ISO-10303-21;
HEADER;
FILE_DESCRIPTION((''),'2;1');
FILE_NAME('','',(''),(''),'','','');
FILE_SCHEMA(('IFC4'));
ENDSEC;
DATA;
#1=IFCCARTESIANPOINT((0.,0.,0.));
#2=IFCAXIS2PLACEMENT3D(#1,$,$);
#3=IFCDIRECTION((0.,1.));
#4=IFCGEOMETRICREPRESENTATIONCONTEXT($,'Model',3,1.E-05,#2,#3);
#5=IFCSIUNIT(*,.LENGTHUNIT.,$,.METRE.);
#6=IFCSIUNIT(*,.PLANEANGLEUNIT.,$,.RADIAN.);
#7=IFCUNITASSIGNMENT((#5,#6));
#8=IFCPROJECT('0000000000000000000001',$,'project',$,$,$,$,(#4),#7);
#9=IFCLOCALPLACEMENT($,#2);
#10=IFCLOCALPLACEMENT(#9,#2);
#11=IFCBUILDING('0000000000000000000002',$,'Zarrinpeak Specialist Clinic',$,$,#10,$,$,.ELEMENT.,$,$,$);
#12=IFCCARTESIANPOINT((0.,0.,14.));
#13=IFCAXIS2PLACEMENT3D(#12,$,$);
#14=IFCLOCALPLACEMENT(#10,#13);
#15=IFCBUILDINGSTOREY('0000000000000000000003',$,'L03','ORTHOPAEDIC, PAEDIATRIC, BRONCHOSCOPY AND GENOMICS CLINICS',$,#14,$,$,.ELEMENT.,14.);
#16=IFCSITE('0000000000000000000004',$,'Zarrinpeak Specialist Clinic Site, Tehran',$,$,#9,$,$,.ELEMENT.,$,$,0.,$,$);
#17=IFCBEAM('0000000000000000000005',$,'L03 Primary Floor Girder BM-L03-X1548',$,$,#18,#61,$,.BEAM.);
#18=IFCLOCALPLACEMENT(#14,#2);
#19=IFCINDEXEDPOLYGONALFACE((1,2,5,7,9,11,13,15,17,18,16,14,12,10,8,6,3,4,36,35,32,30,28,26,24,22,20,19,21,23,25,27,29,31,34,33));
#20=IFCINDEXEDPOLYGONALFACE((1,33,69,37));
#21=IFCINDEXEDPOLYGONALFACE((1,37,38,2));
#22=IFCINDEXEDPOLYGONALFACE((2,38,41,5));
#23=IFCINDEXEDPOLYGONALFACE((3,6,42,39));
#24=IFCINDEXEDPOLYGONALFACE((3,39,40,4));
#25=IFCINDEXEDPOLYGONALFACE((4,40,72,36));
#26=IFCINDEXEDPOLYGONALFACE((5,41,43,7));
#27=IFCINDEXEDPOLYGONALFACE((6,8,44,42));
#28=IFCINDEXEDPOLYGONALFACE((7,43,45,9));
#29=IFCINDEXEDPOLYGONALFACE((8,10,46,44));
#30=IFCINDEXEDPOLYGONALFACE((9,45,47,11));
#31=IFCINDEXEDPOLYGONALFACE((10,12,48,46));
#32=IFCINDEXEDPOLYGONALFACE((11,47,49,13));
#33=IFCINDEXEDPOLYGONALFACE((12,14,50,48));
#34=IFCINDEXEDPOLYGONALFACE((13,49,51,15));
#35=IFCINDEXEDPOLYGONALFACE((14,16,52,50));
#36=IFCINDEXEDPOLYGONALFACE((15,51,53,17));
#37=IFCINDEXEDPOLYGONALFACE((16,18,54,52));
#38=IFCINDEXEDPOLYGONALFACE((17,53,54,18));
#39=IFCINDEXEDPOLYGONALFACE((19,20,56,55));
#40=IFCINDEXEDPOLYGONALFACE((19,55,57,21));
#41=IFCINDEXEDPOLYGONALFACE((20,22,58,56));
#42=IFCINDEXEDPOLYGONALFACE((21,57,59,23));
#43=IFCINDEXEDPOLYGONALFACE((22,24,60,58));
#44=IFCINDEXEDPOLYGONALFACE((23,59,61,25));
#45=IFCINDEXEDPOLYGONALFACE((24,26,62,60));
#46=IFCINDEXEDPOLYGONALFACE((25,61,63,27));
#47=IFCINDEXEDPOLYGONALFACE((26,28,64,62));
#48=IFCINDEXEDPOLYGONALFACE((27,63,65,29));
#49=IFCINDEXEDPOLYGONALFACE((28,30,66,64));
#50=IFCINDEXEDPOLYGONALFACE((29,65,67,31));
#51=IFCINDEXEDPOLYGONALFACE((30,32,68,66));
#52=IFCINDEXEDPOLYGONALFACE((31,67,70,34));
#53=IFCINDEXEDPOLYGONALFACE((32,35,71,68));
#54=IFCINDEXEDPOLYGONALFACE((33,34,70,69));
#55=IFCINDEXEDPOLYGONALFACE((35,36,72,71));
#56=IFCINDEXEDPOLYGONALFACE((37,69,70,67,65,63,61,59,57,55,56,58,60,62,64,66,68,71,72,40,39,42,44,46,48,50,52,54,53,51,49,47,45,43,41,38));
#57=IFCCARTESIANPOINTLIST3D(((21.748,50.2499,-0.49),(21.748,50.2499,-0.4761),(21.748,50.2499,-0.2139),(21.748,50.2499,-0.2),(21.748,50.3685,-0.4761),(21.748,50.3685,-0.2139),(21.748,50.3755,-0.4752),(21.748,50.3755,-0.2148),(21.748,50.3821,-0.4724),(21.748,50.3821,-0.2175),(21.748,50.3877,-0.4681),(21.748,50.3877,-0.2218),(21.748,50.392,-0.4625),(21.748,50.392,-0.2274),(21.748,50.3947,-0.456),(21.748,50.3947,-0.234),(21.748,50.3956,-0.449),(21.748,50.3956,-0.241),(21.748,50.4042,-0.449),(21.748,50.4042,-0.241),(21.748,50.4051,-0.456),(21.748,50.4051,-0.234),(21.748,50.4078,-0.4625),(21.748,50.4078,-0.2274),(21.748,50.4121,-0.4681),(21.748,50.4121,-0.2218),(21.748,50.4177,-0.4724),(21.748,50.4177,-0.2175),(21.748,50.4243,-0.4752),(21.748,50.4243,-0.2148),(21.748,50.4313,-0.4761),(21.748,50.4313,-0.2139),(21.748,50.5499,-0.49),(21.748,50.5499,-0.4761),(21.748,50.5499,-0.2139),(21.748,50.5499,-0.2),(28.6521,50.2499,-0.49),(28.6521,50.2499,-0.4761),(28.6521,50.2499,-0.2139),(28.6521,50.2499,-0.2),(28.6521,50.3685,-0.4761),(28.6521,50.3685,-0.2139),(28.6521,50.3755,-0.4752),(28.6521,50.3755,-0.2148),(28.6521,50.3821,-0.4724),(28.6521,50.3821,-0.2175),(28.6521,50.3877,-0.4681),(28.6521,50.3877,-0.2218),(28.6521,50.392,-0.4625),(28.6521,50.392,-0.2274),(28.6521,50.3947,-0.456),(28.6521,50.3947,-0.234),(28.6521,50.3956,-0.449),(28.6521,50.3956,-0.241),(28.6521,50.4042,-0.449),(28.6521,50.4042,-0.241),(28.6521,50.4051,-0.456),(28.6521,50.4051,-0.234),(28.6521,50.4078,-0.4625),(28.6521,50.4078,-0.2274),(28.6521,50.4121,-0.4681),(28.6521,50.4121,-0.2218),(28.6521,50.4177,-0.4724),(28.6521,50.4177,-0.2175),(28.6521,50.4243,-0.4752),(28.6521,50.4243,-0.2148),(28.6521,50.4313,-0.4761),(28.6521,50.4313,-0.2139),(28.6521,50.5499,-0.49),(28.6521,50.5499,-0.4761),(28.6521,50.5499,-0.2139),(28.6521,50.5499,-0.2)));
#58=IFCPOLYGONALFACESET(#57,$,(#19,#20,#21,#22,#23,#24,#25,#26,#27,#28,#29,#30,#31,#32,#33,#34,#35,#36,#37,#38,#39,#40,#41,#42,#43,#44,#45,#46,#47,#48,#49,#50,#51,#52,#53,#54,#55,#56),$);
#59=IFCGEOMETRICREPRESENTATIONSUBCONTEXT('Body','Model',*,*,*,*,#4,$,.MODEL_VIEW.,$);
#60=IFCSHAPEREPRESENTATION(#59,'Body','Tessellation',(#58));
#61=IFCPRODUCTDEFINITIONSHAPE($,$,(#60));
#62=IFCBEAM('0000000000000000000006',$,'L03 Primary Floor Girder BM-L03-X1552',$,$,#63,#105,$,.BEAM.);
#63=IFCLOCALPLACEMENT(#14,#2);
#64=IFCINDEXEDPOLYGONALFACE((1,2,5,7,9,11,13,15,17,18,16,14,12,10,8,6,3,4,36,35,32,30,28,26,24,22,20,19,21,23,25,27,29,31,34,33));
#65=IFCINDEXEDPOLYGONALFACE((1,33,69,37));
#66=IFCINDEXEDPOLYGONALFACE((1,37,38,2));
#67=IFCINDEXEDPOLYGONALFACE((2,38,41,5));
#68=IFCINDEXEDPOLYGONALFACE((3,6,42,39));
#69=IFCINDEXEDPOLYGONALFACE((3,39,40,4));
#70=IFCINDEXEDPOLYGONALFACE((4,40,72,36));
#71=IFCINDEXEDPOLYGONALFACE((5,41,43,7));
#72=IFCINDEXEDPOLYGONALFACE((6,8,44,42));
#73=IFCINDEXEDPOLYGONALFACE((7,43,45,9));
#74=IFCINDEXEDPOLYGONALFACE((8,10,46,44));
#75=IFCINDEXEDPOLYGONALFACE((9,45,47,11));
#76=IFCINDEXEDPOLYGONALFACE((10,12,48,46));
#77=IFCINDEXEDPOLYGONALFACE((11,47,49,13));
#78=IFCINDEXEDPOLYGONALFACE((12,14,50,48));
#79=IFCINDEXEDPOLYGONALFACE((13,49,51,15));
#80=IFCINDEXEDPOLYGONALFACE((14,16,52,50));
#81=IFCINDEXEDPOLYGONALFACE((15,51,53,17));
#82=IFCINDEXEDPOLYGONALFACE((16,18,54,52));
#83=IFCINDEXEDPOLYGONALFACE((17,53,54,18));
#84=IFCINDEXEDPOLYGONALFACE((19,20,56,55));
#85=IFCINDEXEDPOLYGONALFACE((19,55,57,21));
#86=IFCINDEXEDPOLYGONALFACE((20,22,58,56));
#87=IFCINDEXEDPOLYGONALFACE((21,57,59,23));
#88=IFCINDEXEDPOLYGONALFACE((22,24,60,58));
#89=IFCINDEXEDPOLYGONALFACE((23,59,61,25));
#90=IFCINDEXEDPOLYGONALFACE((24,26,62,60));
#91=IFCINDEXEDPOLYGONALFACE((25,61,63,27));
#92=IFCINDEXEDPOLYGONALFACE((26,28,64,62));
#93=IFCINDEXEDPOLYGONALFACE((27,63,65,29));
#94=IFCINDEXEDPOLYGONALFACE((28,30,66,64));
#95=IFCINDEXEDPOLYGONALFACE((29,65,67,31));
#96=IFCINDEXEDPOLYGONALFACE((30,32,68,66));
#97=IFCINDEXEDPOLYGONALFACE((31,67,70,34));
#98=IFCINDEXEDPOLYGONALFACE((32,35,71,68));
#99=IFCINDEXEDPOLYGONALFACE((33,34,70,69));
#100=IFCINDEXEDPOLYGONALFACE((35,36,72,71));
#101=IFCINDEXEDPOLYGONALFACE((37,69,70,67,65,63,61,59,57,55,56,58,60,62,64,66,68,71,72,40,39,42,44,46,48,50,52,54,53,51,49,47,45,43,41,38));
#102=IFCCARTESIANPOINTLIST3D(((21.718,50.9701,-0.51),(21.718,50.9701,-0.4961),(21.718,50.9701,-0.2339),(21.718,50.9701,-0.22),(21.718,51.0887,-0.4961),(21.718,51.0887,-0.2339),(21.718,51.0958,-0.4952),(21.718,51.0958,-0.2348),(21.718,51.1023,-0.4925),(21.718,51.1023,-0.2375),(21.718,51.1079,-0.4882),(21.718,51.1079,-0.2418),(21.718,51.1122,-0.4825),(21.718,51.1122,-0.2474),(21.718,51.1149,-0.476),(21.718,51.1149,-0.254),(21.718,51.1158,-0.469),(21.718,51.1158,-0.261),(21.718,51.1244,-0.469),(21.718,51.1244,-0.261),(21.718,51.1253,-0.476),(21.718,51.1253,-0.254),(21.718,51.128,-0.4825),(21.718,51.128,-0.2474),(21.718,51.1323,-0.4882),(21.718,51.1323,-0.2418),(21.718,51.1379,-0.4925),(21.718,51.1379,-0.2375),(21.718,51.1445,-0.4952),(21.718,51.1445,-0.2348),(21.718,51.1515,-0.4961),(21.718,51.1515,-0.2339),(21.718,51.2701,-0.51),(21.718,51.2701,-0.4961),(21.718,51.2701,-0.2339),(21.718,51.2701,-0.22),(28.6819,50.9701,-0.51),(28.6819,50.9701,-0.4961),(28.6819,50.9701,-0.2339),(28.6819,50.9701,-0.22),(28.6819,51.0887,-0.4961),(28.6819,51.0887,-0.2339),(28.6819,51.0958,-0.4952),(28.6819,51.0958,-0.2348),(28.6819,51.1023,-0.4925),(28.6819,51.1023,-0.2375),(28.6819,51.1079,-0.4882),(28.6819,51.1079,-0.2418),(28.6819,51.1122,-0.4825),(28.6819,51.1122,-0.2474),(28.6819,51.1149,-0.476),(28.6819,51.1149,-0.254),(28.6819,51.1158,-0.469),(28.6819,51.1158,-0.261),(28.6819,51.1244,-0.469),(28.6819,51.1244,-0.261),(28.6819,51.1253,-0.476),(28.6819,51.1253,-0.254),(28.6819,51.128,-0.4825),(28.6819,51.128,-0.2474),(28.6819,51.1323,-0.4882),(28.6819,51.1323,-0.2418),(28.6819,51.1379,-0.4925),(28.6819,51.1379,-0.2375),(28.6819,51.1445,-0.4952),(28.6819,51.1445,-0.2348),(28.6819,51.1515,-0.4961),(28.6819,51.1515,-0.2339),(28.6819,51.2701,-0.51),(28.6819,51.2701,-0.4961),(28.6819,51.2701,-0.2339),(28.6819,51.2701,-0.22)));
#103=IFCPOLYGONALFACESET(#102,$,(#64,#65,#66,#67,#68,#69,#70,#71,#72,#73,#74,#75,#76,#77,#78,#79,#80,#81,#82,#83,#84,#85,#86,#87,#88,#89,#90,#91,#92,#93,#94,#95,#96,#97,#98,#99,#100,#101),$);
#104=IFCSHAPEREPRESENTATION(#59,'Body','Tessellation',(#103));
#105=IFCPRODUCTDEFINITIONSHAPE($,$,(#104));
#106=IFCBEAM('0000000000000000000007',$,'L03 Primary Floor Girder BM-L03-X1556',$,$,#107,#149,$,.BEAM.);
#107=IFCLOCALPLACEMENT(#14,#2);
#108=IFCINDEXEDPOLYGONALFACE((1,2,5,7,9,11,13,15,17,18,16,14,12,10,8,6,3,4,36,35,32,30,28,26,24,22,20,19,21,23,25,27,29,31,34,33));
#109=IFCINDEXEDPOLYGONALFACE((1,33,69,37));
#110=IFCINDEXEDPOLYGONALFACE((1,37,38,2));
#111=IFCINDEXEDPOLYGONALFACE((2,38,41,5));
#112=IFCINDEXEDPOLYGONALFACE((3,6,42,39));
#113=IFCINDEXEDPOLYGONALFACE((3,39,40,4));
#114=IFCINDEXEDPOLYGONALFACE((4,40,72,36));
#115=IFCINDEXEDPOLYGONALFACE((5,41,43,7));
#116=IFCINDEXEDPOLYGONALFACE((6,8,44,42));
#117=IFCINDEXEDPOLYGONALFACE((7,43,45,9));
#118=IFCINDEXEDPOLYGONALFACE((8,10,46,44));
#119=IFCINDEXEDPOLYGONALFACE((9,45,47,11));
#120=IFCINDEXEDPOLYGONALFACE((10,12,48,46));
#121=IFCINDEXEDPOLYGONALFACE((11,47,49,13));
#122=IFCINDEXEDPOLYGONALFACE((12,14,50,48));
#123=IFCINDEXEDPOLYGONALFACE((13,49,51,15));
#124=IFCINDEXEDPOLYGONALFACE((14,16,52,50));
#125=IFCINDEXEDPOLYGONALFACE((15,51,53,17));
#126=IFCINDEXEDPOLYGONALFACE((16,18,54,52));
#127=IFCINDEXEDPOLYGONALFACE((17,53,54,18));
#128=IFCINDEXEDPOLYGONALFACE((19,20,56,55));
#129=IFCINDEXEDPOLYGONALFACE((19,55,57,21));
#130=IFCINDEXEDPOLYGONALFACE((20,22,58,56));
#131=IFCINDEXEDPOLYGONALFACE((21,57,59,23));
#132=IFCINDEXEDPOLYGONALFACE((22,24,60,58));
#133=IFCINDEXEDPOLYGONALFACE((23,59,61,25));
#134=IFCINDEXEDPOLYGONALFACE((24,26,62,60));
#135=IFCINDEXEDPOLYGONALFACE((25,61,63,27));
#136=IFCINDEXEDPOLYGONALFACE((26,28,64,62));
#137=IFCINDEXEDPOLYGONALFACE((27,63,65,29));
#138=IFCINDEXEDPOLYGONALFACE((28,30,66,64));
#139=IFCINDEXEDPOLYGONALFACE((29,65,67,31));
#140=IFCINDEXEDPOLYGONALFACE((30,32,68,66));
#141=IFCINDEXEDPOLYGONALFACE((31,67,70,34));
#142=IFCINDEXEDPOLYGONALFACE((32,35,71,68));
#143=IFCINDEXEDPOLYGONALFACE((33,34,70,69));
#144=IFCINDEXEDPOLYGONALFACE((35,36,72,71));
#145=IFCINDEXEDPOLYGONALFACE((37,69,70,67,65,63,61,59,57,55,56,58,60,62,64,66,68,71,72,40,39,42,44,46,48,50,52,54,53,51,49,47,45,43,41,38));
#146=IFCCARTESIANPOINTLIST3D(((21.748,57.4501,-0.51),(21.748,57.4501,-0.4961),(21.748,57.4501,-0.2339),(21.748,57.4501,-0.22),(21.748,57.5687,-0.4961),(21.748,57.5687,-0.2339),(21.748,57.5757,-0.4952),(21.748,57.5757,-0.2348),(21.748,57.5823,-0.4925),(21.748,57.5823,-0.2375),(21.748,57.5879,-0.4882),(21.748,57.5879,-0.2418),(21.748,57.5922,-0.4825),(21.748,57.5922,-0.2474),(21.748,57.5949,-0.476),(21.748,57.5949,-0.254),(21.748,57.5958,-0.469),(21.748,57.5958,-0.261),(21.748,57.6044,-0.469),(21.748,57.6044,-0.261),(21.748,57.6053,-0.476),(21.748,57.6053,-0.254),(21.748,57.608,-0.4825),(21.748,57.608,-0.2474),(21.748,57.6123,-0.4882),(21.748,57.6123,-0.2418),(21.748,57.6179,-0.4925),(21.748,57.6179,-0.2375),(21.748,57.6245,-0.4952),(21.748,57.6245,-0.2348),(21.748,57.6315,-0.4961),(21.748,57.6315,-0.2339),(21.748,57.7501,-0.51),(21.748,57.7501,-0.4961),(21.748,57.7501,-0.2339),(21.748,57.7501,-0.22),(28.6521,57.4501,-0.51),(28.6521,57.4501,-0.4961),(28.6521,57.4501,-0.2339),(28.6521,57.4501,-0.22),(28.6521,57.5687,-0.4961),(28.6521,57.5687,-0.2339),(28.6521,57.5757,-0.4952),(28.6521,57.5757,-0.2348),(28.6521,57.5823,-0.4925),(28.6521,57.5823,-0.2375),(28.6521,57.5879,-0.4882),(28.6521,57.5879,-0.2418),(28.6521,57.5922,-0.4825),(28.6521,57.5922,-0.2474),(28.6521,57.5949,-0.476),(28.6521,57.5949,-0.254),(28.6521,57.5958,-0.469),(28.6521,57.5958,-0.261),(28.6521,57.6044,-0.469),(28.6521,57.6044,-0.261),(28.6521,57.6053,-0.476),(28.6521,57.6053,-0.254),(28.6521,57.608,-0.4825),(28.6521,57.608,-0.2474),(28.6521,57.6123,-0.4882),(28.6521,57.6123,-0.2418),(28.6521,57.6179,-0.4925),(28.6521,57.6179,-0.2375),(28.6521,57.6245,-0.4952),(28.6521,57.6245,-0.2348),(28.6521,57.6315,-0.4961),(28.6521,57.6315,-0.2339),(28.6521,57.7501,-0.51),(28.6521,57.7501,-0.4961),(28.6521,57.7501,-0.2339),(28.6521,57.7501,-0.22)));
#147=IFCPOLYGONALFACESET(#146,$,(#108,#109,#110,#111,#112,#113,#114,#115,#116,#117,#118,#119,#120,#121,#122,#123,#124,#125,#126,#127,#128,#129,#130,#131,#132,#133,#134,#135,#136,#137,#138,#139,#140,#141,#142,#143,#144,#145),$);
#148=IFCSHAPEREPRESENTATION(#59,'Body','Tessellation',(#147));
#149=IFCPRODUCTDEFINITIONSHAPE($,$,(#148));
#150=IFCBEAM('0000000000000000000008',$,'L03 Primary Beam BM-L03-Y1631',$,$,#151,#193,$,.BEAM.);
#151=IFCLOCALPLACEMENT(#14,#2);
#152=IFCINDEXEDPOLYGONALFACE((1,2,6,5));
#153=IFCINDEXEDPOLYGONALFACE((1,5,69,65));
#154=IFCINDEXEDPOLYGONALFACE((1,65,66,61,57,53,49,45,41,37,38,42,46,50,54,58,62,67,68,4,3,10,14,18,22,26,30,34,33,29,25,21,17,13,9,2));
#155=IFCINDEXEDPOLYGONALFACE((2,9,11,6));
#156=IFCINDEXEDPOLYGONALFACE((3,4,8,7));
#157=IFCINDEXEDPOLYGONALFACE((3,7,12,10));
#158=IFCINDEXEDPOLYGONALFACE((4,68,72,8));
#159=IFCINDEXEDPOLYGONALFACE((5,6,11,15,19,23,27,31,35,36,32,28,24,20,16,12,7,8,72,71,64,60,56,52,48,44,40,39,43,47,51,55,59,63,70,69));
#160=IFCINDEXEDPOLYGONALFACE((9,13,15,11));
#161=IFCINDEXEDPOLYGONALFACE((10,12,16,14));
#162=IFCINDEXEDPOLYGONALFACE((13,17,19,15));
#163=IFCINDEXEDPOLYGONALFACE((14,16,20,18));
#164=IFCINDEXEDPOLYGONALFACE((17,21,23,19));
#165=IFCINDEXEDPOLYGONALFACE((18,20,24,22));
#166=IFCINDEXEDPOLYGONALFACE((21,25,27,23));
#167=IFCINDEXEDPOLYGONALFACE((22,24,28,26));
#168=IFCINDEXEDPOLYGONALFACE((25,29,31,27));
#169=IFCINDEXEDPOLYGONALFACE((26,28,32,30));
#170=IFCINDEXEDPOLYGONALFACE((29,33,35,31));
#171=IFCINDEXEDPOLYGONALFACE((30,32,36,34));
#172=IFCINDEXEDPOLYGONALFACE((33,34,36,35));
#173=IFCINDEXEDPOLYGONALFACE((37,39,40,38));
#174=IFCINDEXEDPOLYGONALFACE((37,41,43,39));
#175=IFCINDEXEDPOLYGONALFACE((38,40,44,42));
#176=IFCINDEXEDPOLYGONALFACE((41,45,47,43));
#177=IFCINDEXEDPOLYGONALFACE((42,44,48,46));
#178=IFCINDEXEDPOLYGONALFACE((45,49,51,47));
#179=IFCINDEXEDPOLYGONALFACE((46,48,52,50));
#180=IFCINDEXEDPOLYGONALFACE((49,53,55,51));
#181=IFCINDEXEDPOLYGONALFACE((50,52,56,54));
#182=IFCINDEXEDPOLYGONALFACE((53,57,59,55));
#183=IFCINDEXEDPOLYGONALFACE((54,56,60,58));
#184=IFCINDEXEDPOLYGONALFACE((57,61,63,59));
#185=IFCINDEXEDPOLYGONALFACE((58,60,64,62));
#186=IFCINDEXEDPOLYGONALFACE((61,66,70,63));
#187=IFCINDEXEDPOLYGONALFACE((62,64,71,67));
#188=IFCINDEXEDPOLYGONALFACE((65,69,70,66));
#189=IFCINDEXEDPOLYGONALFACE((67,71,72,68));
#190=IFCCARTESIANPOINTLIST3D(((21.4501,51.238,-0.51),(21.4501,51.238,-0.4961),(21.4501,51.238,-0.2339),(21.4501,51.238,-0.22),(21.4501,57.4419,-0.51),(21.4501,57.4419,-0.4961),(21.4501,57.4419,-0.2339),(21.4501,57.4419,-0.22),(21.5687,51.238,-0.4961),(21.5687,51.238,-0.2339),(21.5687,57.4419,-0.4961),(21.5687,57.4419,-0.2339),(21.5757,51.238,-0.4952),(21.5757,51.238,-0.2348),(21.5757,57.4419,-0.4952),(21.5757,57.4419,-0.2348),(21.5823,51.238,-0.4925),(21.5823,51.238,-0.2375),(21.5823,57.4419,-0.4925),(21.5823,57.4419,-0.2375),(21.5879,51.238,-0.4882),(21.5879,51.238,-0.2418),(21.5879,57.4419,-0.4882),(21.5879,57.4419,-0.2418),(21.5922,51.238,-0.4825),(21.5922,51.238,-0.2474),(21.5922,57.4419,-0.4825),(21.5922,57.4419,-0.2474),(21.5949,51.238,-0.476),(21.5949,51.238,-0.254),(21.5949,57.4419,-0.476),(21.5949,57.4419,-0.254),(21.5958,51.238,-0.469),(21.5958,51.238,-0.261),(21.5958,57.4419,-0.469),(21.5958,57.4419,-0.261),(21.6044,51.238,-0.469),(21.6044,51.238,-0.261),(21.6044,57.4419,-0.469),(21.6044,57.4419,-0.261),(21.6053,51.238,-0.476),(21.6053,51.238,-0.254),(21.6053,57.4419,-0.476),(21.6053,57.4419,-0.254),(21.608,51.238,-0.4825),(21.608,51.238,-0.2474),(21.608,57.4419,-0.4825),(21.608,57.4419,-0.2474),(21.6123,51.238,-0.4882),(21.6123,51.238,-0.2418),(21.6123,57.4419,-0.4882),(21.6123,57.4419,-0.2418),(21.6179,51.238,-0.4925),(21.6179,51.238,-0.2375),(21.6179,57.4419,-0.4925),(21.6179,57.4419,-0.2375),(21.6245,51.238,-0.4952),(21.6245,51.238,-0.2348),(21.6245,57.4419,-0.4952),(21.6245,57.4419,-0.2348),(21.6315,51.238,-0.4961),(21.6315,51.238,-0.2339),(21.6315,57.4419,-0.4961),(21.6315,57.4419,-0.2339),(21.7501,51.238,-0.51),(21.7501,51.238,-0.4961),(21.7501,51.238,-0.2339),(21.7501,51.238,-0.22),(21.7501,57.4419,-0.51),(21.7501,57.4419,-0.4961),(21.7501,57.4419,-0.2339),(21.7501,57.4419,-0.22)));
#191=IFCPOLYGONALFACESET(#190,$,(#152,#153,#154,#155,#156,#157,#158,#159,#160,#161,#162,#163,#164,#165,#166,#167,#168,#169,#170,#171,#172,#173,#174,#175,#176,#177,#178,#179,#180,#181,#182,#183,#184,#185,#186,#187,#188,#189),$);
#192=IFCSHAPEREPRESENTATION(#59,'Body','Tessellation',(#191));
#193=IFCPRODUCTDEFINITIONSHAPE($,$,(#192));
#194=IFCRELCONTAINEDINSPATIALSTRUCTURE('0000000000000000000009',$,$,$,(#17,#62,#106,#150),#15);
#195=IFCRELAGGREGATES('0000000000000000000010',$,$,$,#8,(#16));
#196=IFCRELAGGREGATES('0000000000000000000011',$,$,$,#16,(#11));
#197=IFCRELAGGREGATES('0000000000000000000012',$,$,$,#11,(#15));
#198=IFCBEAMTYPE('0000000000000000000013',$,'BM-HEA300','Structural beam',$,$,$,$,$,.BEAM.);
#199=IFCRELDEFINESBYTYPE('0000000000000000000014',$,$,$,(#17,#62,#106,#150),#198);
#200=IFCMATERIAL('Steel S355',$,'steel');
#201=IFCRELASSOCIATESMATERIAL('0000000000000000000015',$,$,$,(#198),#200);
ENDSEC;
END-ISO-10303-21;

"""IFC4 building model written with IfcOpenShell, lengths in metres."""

from ifc_helpers import new_model, si_unit, direction, frame, origin, origin_2d, place, context, subcontext, project, spatial, i_section, extrude, material, material_profile, profile_set, type_object, element, save


model = new_model("IFC4")

# Units and contexts
model_context = context("Model", 3, precision=1e-05, world=origin(), true_north=direction((0.0, 1.0)))
body_context = subcontext(model_context, "Body", "Model", "MODEL_VIEW")
ifc_project = project(units=[si_unit("LENGTHUNIT", "METRE"), si_unit("PLANEANGLEUNIT", "RADIAN")], contexts=[model_context])

# Site, building, storey
site_placement = place(None, origin())
site = spatial("IfcSite", under=ifc_project, at=site_placement, Name="Zarrinpeak Specialist Clinic Site, Tehran", CompositionType="ELEMENT", RefElevation=0.0)
building_placement = place(site_placement, origin())
building = spatial("IfcBuilding", under=site, at=building_placement, Name="Zarrinpeak Specialist Clinic", CompositionType="ELEMENT")
storey_placement = place(building_placement, frame((0.0, 0.0, 14.0)))
storey = spatial("IfcBuildingStorey", under=building, at=storey_placement, Name="L03", Description="ORTHOPAEDIC, PAEDIATRIC, BRONCHOSCOPY AND GENOMICS CLINICS", CompositionType="ELEMENT", Elevation=14.0)

# Shared definitions
ifc_material_1 = material(Name="Steel S355", Category="steel")

# Beams
ifc_material_profile_1 = material_profile(ifc_material_1, i_section(OverallWidth=0.3, OverallDepth=0.29, WebThickness=0.0085, FlangeThickness=0.0139, FilletRadius=0.0271, at=origin_2d()), Name="HEA 300")
ifc_profile_set_1 = profile_set([ifc_material_profile_1], Name="Steel S355")
beam_type_1 = type_object("IfcBeamType", Name="BM-HEA300", Description="Structural beam", PredefinedType="BEAM", material=ifc_profile_set_1)
beam_1_placement = place(storey_placement, frame((21.748, 50.3999, -0.345), z_axis=(1.0, 0.0, 0.0), x_axis=(0.0, 1.0, 0.0)))
element("IfcBeam", 1, at=beam_1_placement, inside=storey, type_object=beam_type_1, Name="L03 Primary Floor Girder BM-L03-X1548", PredefinedType="BEAM", context=body_context, shape_type="SweptSolid", body=[
    extrude(i_section(OverallWidth=0.3, OverallDepth=0.29, WebThickness=0.0085, FlangeThickness=0.0139, FilletRadius=0.0271, at=origin_2d()), origin(), (0.0, 0.0, 1.0), 6.9041),
])
beam_2_placement = place(storey_placement, frame((21.718, 51.1201, -0.365), z_axis=(1.0, 0.0, 0.0), x_axis=(0.0, 1.0, 0.0)))
element("IfcBeam", 2, at=beam_2_placement, inside=storey, type_object=beam_type_1, Name="L03 Primary Floor Girder BM-L03-X1552", PredefinedType="BEAM", context=body_context, shape_type="SweptSolid", body=[
    extrude(i_section(OverallWidth=0.3, OverallDepth=0.29, WebThickness=0.0085, FlangeThickness=0.0139, FilletRadius=0.0271, at=origin_2d()), origin(), (0.0, 0.0, 1.0), 6.9639),
])
beam_3_placement = place(storey_placement, frame((21.748, 57.6001, -0.365), z_axis=(1.0, 0.0, 0.0), x_axis=(0.0, 1.0, 0.0)))
element("IfcBeam", 3, at=beam_3_placement, inside=storey, type_object=beam_type_1, Name="L03 Primary Floor Girder BM-L03-X1556", PredefinedType="BEAM", context=body_context, shape_type="SweptSolid", body=[
    extrude(i_section(OverallWidth=0.3, OverallDepth=0.29, WebThickness=0.0085, FlangeThickness=0.0139, FilletRadius=0.0271, at=origin_2d()), origin(), (0.0, 0.0, 1.0), 6.9041),
])
beam_4_placement = place(storey_placement, frame((21.6001, 51.238, -0.365), z_axis=(0.0, 1.0, 0.0), x_axis=(-1.0, 0.0, 0.0)))
element("IfcBeam", 4, at=beam_4_placement, inside=storey, type_object=beam_type_1, Name="L03 Primary Beam BM-L03-Y1631", PredefinedType="BEAM", context=body_context, shape_type="SweptSolid", body=[
    extrude(i_section(OverallWidth=0.3, OverallDepth=0.29, WebThickness=0.0085, FlangeThickness=0.0139, FilletRadius=0.0271, at=origin_2d()), origin(), (0.0, 0.0, 1.0), 6.2039),
])

save(model, "model.ifc")
